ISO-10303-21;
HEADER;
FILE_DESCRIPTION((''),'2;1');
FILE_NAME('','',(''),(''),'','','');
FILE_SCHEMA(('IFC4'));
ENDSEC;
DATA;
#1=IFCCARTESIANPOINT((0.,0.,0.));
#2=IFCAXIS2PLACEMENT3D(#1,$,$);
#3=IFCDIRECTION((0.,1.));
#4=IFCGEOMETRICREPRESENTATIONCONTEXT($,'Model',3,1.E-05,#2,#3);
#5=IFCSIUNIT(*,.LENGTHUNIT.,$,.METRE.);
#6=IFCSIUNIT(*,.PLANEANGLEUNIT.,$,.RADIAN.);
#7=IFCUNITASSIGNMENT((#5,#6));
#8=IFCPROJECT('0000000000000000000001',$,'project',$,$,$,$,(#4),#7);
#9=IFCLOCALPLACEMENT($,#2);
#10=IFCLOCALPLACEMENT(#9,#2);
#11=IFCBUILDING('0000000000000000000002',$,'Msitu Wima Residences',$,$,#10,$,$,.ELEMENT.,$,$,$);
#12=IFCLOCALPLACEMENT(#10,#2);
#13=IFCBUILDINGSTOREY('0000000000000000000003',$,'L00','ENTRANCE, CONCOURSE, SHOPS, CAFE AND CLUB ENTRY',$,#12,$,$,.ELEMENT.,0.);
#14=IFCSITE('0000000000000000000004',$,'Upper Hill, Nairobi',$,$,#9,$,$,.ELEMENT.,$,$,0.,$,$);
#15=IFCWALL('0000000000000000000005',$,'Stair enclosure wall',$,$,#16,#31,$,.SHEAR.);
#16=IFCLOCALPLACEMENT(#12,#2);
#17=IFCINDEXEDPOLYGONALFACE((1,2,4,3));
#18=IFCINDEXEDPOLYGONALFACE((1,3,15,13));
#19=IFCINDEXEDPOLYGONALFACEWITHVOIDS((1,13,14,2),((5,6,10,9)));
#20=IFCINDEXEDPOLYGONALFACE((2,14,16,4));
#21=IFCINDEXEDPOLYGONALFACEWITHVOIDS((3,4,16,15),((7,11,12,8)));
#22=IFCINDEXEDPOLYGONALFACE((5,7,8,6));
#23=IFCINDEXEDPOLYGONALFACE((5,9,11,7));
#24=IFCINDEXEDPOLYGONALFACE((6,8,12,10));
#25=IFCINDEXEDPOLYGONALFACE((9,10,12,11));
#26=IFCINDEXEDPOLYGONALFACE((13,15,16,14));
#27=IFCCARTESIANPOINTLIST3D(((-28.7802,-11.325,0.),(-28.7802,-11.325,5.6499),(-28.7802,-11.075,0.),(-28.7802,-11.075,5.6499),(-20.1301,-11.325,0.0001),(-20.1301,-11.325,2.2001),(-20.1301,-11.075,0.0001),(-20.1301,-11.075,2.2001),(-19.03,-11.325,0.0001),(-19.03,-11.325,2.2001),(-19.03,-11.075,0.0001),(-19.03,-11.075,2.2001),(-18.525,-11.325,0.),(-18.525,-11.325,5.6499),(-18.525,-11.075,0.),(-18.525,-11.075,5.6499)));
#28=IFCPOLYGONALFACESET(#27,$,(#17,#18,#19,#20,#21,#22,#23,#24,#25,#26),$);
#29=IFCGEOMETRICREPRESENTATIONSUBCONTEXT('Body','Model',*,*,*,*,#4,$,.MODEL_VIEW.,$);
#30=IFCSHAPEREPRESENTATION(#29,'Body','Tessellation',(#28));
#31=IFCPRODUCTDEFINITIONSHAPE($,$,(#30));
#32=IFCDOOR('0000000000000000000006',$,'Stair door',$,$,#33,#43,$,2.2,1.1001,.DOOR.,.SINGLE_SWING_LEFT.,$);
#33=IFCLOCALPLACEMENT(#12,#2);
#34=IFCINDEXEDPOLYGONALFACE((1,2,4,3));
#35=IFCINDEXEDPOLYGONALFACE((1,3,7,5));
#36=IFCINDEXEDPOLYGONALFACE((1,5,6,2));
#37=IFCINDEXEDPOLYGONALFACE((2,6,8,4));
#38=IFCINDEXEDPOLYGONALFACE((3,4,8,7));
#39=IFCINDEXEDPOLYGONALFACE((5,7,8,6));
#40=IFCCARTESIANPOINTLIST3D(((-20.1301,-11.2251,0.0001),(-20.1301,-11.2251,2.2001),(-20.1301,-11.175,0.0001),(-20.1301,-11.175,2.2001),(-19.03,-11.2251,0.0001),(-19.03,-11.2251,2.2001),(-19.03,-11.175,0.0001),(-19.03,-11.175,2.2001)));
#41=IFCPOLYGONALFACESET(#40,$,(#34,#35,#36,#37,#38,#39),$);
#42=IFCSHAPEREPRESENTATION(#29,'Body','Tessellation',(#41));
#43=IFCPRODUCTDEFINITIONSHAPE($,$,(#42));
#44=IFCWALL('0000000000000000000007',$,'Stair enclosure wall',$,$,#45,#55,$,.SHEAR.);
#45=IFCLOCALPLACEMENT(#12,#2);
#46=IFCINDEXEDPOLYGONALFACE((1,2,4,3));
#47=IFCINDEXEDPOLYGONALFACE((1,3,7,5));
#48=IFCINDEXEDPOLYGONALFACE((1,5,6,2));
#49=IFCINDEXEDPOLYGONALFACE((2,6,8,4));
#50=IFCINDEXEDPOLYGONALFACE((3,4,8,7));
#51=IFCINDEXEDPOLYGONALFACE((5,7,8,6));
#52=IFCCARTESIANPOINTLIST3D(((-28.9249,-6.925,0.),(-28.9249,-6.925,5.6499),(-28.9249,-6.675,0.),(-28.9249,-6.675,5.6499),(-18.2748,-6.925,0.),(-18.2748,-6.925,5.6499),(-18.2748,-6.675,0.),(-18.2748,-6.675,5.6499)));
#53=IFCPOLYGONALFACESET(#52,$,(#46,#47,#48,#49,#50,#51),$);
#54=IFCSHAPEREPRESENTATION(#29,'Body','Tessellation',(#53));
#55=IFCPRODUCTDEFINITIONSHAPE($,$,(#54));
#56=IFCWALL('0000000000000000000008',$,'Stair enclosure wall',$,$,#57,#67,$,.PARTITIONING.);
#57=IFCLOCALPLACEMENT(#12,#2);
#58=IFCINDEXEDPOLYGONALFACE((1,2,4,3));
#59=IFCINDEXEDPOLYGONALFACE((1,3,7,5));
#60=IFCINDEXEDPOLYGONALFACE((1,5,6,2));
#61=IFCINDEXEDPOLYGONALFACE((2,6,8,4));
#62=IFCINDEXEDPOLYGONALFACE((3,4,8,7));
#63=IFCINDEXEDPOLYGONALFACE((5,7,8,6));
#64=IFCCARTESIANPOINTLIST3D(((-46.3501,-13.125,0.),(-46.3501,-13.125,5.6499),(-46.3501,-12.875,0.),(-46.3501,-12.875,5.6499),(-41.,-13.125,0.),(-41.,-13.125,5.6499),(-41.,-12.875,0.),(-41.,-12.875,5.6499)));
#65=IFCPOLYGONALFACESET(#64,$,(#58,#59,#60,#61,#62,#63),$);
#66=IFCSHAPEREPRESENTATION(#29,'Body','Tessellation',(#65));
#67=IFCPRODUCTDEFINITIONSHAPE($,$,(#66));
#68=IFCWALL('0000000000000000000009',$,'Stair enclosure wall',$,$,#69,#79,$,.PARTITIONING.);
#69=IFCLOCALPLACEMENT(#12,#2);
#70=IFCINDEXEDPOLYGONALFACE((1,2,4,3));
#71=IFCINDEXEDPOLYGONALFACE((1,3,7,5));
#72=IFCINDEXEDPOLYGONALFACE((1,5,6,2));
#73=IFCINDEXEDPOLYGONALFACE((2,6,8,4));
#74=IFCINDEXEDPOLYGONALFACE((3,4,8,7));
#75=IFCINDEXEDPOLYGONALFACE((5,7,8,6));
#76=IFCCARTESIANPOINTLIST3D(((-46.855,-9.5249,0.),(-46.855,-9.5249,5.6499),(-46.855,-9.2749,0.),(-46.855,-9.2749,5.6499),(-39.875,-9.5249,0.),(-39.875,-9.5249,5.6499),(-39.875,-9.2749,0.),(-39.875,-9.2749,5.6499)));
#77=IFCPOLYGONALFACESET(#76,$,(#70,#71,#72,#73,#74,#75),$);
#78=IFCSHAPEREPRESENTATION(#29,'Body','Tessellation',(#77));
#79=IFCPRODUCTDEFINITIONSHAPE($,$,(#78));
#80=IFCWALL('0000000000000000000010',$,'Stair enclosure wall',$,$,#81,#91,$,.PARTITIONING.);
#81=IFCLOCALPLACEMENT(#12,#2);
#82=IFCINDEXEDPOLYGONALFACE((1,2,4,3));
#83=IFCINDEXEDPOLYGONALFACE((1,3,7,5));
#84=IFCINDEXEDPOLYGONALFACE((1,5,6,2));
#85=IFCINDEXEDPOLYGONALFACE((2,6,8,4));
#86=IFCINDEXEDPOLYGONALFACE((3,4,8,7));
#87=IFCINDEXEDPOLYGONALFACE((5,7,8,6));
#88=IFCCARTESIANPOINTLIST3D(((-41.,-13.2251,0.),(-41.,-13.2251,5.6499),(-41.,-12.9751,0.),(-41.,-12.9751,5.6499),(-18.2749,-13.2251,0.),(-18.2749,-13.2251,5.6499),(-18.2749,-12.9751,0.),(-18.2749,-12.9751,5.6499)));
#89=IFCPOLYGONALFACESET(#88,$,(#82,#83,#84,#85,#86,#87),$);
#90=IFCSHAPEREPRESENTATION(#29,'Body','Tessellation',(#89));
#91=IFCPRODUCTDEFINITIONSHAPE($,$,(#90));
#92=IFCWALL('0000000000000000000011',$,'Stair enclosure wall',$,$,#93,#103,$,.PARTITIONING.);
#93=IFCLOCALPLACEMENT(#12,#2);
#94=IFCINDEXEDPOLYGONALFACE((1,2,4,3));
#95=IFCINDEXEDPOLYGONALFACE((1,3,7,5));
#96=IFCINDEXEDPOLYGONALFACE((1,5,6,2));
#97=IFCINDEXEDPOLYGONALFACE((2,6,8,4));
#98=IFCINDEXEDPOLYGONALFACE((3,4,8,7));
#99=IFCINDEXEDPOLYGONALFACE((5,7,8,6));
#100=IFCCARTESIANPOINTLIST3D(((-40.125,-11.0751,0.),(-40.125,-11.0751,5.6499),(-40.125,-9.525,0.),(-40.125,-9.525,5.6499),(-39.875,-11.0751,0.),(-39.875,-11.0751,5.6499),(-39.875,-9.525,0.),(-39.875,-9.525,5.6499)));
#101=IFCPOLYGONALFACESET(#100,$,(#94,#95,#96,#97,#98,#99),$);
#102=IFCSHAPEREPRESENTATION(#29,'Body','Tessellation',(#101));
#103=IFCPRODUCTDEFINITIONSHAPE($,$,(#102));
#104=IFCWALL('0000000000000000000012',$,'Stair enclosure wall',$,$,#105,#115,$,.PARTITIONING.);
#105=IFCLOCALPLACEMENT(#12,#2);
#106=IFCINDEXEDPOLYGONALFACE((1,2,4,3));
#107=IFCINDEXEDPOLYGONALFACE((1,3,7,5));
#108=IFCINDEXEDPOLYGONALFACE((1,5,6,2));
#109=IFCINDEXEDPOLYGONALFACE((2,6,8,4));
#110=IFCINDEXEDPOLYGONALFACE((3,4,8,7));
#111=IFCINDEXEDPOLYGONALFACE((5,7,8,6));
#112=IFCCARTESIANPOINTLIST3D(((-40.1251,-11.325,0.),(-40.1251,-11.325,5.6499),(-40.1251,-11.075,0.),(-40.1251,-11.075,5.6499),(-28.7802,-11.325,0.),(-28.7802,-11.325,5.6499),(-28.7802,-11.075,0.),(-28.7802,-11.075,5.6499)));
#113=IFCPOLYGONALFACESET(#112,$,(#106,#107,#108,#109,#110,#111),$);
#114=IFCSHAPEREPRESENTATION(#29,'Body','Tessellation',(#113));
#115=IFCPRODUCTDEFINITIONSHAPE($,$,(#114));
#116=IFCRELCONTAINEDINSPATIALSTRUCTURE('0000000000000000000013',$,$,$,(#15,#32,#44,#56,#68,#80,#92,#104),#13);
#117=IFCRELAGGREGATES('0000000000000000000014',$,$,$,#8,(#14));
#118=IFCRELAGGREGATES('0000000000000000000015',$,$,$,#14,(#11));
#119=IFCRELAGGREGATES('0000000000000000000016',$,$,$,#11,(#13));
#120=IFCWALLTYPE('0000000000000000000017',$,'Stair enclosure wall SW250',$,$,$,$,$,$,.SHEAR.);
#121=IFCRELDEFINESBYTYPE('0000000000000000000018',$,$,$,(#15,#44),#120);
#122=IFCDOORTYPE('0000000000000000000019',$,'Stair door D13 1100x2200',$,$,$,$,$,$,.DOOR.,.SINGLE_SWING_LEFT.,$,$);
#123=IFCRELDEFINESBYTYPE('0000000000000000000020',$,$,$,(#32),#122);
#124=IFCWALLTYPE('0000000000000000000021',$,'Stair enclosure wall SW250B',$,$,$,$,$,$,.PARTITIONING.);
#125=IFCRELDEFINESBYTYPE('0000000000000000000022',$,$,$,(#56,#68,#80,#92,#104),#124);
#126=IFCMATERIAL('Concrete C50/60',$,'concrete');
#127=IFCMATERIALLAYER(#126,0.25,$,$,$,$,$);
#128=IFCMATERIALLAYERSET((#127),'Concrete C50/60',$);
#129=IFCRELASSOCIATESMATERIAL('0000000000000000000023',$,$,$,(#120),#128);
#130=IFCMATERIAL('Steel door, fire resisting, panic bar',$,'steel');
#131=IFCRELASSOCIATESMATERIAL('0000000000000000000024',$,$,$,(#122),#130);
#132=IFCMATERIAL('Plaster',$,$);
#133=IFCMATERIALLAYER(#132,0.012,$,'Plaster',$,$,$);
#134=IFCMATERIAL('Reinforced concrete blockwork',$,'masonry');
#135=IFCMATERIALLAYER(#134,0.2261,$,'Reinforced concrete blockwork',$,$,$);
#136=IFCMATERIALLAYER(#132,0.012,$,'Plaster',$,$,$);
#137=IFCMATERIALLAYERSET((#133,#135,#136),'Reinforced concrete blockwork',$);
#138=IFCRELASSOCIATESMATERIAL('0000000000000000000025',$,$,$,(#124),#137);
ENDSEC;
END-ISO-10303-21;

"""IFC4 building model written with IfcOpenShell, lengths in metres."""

from ifc_helpers import new_model, si_unit, direction, frame, frame_2d, origin, place, context, subcontext, project, spatial, rectangle, extrude, material, layer, layer_set, type_object, element, fill, save


model = new_model("IFC4")

# Units and contexts
model_context = context("Model", 3, precision=1e-05, world=origin(), true_north=direction((0.0, 1.0)))
body_context = subcontext(model_context, "Body", "Model", "MODEL_VIEW")
ifc_project = project(units=[si_unit("LENGTHUNIT", "METRE"), si_unit("PLANEANGLEUNIT", "RADIAN")], contexts=[model_context])

# Site, building, storey
site_placement = place(None, origin())
site = spatial("IfcSite", under=ifc_project, at=site_placement, Name="Upper Hill, Nairobi", CompositionType="ELEMENT", RefElevation=0.0)
building_placement = place(site_placement, origin())
building = spatial("IfcBuilding", under=site, at=building_placement, Name="Msitu Wima Residences", CompositionType="ELEMENT")
storey_placement = place(building_placement, origin())
storey = spatial("IfcBuildingStorey", under=building, at=storey_placement, Name="L00", Description="ENTRANCE, CONCOURSE, SHOPS, CAFE AND CLUB ENTRY", CompositionType="ELEMENT", Elevation=0.0)

# Shared definitions
ifc_material_1 = material(Name="Plaster")

# Shared definitions
ifc_material_2 = material(Name="Concrete C50/60", Category="concrete")
ifc_layer_1 = layer(ifc_material_2, 0.25)
ifc_layer_set_1 = layer_set([ifc_layer_1], Name="Concrete C50/60")
wall_type_1 = type_object("IfcWallType", Name="Stair enclosure wall SW250", PredefinedType="SHEAR", material=ifc_layer_set_1)

# Wall, opening, door
wall_1_placement = place(storey_placement, frame((-28.78, -11.2, 0.0), z_axis=(0.0, 0.0, 1.0), x_axis=(1.0, 0.0, 0.0)))
wall_1 = element("IfcWall", 1, at=wall_1_placement, inside=storey, type_object=wall_type_1, Name="Stair enclosure wall", PredefinedType="SHEAR", context=body_context, shape_type="SweptSolid", body=[
    extrude(rectangle(XDim=10.2551, YDim=0.25, at=frame_2d((5.1274, 0.0))), origin(), (0.0, 0.0, 1.0), 5.6499),
])
opening_1_placement = place(wall_1_placement, frame((8.6499, 0.0, 0.0)))
opening_1 = element("IfcOpeningElement", 2, at=opening_1_placement, cuts=wall_1, PredefinedType="OPENING", context=body_context, shape_type="SweptSolid", body=[
    extrude(rectangle(XDim=1.1001, YDim=2.2, at=frame_2d((0.55, 1.1001))), frame((0.0, 0.135, 0.0), z_axis=(0.0, -1.0, 0.0), x_axis=(1.0, 0.0, 0.0)), (0.0, 0.0, 1.0), 0.27),
])
ifc_material_3 = material(Name="Steel door, fire resisting, panic bar", Category="steel")
door_type_1 = type_object("IfcDoorType", Name="Stair door D13 1100x2200", OperationType="SINGLE_SWING_LEFT", PredefinedType="DOOR", material=ifc_material_3)
door_1_placement = place(opening_1_placement, origin())
door_1 = element("IfcDoor", 3, at=door_1_placement, inside=storey, type_object=door_type_1, Name="Stair door", OperationType="SINGLE_SWING_LEFT", OverallHeight=2.2, OverallWidth=1.1001, PredefinedType="DOOR", context=body_context, shape_type="SweptSolid", body=[
    extrude(rectangle(XDim=1.1001, YDim=2.2, at=frame_2d((0.55, 1.1001))), frame((0.0, 0.0249, 0.0), z_axis=(0.0, -1.0, 0.0), x_axis=(1.0, 0.0, 0.0)), (0.0, 0.0, 1.0), 0.05),
])
fill(opening_1, door_1)

# Walls
wall_2_placement = place(storey_placement, frame((-28.925, -6.8, 0.0), z_axis=(0.0, 0.0, 1.0), x_axis=(1.0, 0.0, 0.0)))
element("IfcWall", 4, at=wall_2_placement, inside=storey, type_object=wall_type_1, Name="Stair enclosure wall", PredefinedType="SHEAR", context=body_context, shape_type="SweptSolid", body=[
    extrude(rectangle(XDim=10.6501, YDim=0.25, at=frame_2d((5.3252, 0.0))), origin(), (0.0, 0.0, 1.0), 5.6499),
])
ifc_layer_2 = layer(ifc_material_1, 0.012, Name="Plaster")
ifc_material_4 = material(Name="Reinforced concrete blockwork", Category="masonry")
ifc_layer_3 = layer(ifc_material_4, 0.2261, Name="Reinforced concrete blockwork")
ifc_layer_4 = layer(ifc_material_1, 0.012, Name="Plaster")
ifc_layer_set_2 = layer_set([ifc_layer_2, ifc_layer_3, ifc_layer_4], Name="Reinforced concrete blockwork")
wall_type_2 = type_object("IfcWallType", Name="Stair enclosure wall SW250B", PredefinedType="PARTITIONING", material=ifc_layer_set_2)
wall_3_placement = place(storey_placement, frame((-46.3501, -13.0, 0.0), z_axis=(0.0, 0.0, 1.0), x_axis=(1.0, 0.0, 0.0)))
element("IfcWall", 5, at=wall_3_placement, inside=storey, type_object=wall_type_2, Name="Stair enclosure wall", PredefinedType="PARTITIONING", context=body_context, shape_type="SweptSolid", body=[
    extrude(rectangle(XDim=5.3501, YDim=0.25, at=frame_2d((2.675, 0.0))), origin(), (0.0, 0.0, 1.0), 5.6499),
])
wall_4_placement = place(storey_placement, frame((-46.855, -9.3999, 0.0), z_axis=(0.0, 0.0, 1.0), x_axis=(1.0, 0.0, 0.0)))
element("IfcWall", 6, at=wall_4_placement, inside=storey, type_object=wall_type_2, Name="Stair enclosure wall", PredefinedType="PARTITIONING", context=body_context, shape_type="SweptSolid", body=[
    extrude(rectangle(XDim=6.98, YDim=0.25, at=frame_2d((3.49, 0.0))), origin(), (0.0, 0.0, 1.0), 5.6499),
])
wall_5_placement = place(storey_placement, frame((-41.0, -13.1001, 0.0), z_axis=(0.0, 0.0, 1.0), x_axis=(1.0, 0.0, 0.0)))
element("IfcWall", 7, at=wall_5_placement, inside=storey, type_object=wall_type_2, Name="Stair enclosure wall", PredefinedType="PARTITIONING", context=body_context, shape_type="SweptSolid", body=[
    extrude(rectangle(XDim=22.7251, YDim=0.25, at=frame_2d((11.3625, 0.0))), origin(), (0.0, 0.0, 1.0), 5.6499),
])
wall_6_placement = place(storey_placement, frame((-40.0, -11.075, 0.0), z_axis=(0.0, 0.0, 1.0), x_axis=(0.0, 1.0, 0.0)))
element("IfcWall", 8, at=wall_6_placement, inside=storey, type_object=wall_type_2, Name="Stair enclosure wall", PredefinedType="PARTITIONING", context=body_context, shape_type="SweptSolid", body=[
    extrude(rectangle(XDim=1.55, YDim=0.25, at=frame_2d((0.7749, 0.0))), origin(), (0.0, 0.0, 1.0), 5.6499),
])
wall_7_placement = place(storey_placement, frame((-40.125, -11.2, 0.0), z_axis=(0.0, 0.0, 1.0), x_axis=(1.0, 0.0, 0.0)))
element("IfcWall", 9, at=wall_7_placement, inside=storey, type_object=wall_type_2, Name="Stair enclosure wall", PredefinedType="PARTITIONING", context=body_context, shape_type="SweptSolid", body=[
    extrude(rectangle(XDim=11.345, YDim=0.25, at=frame_2d((5.6724, 0.0))), origin(), (0.0, 0.0, 1.0), 5.6499),
])

save(model, "model.ifc")
